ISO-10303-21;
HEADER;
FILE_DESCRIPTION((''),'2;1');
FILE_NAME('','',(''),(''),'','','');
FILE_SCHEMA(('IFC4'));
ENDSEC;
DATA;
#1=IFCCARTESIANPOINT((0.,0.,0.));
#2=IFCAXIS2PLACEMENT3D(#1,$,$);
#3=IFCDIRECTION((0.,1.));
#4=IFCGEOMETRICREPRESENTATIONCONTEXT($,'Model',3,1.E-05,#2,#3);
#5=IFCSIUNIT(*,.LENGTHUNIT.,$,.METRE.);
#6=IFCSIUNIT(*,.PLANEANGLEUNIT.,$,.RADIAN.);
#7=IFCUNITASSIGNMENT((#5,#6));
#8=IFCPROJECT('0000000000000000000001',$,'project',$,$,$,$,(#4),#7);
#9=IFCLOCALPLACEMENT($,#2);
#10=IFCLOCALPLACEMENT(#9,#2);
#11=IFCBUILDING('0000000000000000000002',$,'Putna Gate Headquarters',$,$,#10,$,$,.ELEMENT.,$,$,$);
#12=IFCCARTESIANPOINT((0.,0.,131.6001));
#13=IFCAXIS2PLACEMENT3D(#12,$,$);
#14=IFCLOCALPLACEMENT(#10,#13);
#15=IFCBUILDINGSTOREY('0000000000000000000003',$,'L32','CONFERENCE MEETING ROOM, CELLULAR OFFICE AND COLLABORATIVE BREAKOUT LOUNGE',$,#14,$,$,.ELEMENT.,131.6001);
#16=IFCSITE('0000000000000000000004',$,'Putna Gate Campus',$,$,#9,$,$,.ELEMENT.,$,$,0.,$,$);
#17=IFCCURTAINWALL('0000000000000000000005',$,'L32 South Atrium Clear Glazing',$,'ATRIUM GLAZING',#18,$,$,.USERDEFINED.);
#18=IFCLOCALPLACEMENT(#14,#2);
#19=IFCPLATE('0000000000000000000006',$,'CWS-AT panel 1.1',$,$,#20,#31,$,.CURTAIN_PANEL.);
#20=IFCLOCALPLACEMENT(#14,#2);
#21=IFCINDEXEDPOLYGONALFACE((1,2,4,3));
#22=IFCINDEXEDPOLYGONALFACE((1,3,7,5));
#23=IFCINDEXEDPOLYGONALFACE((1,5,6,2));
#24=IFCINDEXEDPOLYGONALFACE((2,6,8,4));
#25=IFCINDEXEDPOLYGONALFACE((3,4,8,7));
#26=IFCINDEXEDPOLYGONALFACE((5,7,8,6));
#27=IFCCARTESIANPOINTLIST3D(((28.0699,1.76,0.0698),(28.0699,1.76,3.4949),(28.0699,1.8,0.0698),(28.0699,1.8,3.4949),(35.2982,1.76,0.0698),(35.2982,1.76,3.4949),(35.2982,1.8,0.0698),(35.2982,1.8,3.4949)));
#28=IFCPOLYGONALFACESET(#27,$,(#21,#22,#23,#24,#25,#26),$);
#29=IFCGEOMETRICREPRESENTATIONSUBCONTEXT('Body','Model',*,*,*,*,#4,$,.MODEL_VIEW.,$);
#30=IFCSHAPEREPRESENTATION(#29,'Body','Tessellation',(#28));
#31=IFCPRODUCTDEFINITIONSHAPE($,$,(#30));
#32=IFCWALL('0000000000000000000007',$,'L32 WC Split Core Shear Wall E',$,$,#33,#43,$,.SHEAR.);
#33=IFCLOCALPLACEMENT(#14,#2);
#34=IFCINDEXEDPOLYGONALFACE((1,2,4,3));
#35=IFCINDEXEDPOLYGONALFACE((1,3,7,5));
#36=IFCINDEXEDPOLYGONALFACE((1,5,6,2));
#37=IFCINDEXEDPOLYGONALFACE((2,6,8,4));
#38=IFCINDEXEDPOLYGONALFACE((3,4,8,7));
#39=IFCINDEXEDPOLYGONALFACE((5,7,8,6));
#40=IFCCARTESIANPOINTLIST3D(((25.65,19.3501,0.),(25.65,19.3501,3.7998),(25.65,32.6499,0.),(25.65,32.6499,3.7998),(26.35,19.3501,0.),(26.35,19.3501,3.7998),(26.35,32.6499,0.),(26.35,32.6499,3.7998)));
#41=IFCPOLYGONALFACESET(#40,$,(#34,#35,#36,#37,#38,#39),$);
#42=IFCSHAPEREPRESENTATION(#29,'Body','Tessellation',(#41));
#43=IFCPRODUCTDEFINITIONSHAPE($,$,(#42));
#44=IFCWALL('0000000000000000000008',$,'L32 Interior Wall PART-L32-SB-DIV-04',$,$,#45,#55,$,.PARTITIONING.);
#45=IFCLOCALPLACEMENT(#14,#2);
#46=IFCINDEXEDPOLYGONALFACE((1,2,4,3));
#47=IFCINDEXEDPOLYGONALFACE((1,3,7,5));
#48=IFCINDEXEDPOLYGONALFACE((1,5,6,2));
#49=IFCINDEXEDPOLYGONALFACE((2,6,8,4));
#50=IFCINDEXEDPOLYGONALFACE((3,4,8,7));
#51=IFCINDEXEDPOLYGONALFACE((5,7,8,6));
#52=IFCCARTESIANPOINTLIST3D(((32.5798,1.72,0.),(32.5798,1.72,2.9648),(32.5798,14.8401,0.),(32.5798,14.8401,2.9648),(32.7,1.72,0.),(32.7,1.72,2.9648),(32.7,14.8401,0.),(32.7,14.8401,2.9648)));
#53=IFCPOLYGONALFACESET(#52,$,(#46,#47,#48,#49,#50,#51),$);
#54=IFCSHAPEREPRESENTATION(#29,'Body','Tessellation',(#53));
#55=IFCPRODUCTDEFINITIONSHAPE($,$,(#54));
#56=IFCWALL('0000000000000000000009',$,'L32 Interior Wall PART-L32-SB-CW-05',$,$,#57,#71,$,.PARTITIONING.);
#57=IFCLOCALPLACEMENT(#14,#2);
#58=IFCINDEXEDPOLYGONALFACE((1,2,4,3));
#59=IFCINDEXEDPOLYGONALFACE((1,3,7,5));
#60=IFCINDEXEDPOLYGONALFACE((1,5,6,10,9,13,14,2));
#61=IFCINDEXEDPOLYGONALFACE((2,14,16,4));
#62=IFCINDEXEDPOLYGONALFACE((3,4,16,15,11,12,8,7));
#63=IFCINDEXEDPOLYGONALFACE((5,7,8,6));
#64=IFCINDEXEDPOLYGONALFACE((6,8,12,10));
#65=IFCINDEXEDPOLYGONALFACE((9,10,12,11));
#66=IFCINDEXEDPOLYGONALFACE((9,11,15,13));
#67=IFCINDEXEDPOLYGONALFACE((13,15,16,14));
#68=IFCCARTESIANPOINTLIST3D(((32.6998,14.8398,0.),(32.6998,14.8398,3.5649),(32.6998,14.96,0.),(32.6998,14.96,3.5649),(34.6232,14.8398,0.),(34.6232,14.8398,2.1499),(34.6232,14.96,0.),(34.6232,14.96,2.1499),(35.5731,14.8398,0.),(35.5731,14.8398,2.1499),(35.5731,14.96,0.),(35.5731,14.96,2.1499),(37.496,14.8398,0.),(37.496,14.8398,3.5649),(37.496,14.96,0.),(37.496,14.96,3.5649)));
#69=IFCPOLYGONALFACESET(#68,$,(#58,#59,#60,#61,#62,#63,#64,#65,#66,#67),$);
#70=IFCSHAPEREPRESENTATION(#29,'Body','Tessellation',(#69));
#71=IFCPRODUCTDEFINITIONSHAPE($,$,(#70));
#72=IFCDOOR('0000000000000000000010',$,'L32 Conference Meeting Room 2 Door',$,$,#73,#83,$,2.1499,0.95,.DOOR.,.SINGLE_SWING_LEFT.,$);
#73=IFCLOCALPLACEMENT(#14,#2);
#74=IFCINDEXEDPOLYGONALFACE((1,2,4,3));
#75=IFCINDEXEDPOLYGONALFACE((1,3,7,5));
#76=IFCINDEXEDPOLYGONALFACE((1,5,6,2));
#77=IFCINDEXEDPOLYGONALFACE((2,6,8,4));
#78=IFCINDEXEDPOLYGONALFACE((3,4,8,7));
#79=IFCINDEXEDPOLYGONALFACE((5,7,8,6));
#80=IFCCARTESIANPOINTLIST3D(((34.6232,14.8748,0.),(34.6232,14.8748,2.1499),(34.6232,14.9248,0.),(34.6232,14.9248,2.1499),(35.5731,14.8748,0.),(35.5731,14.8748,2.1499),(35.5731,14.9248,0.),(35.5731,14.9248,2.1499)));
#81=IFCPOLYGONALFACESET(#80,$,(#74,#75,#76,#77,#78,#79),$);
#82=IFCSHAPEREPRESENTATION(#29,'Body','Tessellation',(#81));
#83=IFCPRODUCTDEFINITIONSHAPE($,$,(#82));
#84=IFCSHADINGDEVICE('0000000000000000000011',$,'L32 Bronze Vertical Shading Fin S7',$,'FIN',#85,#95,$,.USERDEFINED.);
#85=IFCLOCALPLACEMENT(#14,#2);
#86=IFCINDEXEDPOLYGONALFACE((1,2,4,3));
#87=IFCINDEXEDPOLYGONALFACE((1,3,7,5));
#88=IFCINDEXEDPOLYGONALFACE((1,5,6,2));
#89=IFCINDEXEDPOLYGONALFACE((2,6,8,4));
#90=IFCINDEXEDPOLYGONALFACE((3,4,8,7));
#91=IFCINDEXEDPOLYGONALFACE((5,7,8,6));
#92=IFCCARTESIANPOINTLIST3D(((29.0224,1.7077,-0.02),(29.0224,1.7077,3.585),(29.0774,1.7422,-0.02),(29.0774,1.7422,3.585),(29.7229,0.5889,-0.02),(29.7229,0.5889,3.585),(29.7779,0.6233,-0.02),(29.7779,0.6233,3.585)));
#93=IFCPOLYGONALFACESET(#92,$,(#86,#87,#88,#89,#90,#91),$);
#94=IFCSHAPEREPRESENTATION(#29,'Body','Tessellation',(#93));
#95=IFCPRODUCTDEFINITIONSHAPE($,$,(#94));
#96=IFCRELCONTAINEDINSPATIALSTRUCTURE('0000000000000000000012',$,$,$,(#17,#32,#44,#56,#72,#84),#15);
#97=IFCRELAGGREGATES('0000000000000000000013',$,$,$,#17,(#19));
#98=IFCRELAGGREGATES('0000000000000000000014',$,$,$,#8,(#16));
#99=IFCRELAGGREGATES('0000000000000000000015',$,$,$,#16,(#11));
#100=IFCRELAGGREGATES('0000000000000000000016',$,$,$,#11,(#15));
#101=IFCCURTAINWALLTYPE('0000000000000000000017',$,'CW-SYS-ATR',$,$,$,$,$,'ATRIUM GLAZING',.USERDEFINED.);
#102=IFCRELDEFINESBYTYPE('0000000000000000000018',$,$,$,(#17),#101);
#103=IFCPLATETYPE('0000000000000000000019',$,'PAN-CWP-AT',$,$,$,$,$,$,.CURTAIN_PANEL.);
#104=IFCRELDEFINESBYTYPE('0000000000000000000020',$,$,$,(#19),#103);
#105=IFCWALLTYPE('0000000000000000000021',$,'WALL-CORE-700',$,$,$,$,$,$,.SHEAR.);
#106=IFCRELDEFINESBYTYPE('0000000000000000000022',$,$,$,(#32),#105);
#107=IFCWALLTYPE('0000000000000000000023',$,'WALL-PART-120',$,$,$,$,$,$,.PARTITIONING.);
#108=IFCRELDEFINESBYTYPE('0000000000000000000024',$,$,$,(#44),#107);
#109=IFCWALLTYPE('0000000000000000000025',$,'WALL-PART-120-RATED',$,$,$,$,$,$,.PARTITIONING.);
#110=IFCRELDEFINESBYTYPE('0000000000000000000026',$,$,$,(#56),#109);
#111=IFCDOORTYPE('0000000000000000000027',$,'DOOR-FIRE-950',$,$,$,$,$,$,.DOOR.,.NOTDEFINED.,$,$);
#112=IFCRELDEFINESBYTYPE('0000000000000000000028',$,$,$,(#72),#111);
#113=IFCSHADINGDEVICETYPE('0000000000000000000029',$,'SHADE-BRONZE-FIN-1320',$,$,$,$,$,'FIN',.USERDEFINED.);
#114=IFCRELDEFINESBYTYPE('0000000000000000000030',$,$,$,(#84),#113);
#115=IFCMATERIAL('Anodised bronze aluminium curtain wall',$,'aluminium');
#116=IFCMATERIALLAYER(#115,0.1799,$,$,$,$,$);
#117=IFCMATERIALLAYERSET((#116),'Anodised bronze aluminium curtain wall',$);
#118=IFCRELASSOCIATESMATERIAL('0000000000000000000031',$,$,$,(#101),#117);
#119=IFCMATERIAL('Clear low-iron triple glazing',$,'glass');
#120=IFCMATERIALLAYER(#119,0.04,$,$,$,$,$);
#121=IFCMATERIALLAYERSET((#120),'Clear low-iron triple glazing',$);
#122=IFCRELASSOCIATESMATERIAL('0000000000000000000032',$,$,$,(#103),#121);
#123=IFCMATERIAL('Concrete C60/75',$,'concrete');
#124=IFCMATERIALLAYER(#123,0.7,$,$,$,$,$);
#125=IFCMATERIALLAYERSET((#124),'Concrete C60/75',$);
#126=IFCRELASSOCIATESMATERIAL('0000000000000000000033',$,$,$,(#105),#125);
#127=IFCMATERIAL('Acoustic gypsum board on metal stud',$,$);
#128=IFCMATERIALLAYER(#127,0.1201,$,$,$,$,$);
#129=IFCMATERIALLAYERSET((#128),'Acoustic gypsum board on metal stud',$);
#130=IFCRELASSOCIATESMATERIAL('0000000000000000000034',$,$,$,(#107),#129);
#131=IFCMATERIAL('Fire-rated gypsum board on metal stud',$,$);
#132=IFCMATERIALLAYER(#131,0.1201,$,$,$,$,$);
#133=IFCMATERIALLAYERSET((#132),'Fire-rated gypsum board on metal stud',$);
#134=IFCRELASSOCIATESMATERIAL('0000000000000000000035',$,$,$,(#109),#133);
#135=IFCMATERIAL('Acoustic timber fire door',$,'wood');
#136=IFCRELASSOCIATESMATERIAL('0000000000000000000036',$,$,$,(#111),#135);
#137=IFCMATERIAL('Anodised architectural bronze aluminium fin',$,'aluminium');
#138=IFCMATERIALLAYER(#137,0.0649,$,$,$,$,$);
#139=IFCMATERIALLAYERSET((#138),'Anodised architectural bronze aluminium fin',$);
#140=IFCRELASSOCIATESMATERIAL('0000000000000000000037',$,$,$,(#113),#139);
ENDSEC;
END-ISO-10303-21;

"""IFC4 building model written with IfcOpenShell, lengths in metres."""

from ifc_helpers import new_model, si_unit, direction, frame, frame_2d, origin, origin_2d, place, context, subcontext, project, spatial, rectangle, extrude, material, layer, layer_set, type_object, element, fill, aggregate, save


model = new_model("IFC4")

# Units and contexts
model_context = context("Model", 3, precision=1e-05, world=origin(), true_north=direction((0.0, 1.0)))
body_context = subcontext(model_context, "Body", "Model", "MODEL_VIEW")
ifc_project = project(units=[si_unit("LENGTHUNIT", "METRE"), si_unit("PLANEANGLEUNIT", "RADIAN")], contexts=[model_context])

# Site, building, storey
site_placement = place(None, origin())
site = spatial("IfcSite", under=ifc_project, at=site_placement, Name="Putna Gate Campus", CompositionType="ELEMENT", RefElevation=0.0)
building_placement = place(site_placement, origin())
building = spatial("IfcBuilding", under=site, at=building_placement, Name="Putna Gate Headquarters", CompositionType="ELEMENT")
storey_placement = place(building_placement, frame((0.0, 0.0, 131.6001)))
storey = spatial("IfcBuildingStorey", under=building, at=storey_placement, Name="L32", Description="CONFERENCE MEETING ROOM, CELLULAR OFFICE AND COLLABORATIVE BREAKOUT LOUNGE", CompositionType="ELEMENT", Elevation=131.6001)

# Shared definitions
ifc_material_1 = material(Name="Concrete C60/75", Category="concrete")

# Shared definitions
ifc_material_2 = material(Name="Anodised bronze aluminium curtain wall", Category="aluminium")

# Curtain wall, plate
ifc_layer_1 = layer(ifc_material_2, 0.1799)
ifc_layer_set_1 = layer_set([ifc_layer_1], Name="Anodised bronze aluminium curtain wall")
curtain_wall_type_1 = type_object("IfcCurtainWallType", Name="CW-SYS-ATR", ElementType="ATRIUM GLAZING", PredefinedType="USERDEFINED", material=ifc_layer_set_1)
curtain_wall_1_placement = place(storey_placement, origin())
curtain_wall_1 = element("IfcCurtainWall", 1, at=curtain_wall_1_placement, inside=storey, type_object=curtain_wall_type_1, Name="L32 South Atrium Clear Glazing", ObjectType="ATRIUM GLAZING", PredefinedType="USERDEFINED")
ifc_material_3 = material(Name="Clear low-iron triple glazing", Category="glass")
ifc_layer_2 = layer(ifc_material_3, 0.04)
ifc_layer_set_2 = layer_set([ifc_layer_2], Name="Clear low-iron triple glazing")
plate_type = type_object("IfcPlateType", Name="PAN-CWP-AT", PredefinedType="CURTAIN_PANEL", material=ifc_layer_set_2)
plate_placement = place(storey_placement, frame((31.6841, 1.78, 0.0698), z_axis=(0.0, 0.0, 1.0), x_axis=(1.0, 0.0, 0.0)))
plate = element("IfcPlate", 2, at=plate_placement, type_object=plate_type, Name="CWS-AT panel 1.1", PredefinedType="CURTAIN_PANEL", context=body_context, shape_type="SweptSolid", body=[
    extrude(rectangle(XDim=7.2283, YDim=0.04, at=origin_2d()), origin(), (0.0, 0.0, 1.0), 3.425),
])
aggregate(curtain_wall_1, [plate])

# Walls
ifc_layer_3 = layer(ifc_material_1, 0.7)
ifc_layer_set_3 = layer_set([ifc_layer_3], Name="Concrete C60/75")
wall_type_1 = type_object("IfcWallType", Name="WALL-CORE-700", PredefinedType="SHEAR", material=ifc_layer_set_3)
wall_1_placement = place(storey_placement, frame((26.0, 19.3501, 0.0), z_axis=(0.0, 0.0, 1.0), x_axis=(0.0, 1.0, 0.0)))
element("IfcWall", 3, at=wall_1_placement, inside=storey, type_object=wall_type_1, Name="L32 WC Split Core Shear Wall E", PredefinedType="SHEAR", context=body_context, shape_type="SweptSolid", body=[
    extrude(rectangle(XDim=13.2998, YDim=0.7, at=frame_2d((6.6499, 0.0))), origin(), (0.0, 0.0, 1.0), 3.7998),
])
ifc_material_4 = material(Name="Acoustic gypsum board on metal stud")
ifc_layer_4 = layer(ifc_material_4, 0.1201)
ifc_layer_set_4 = layer_set([ifc_layer_4], Name="Acoustic gypsum board on metal stud")
wall_type_2 = type_object("IfcWallType", Name="WALL-PART-120", PredefinedType="PARTITIONING", material=ifc_layer_set_4)
wall_2_placement = place(storey_placement, frame((32.6399, 1.72, 0.0), z_axis=(0.0, 0.0, 1.0), x_axis=(0.0, 1.0, 0.0)))
element("IfcWall", 4, at=wall_2_placement, inside=storey, type_object=wall_type_2, Name="L32 Interior Wall PART-L32-SB-DIV-04", PredefinedType="PARTITIONING", context=body_context, shape_type="SweptSolid", body=[
    extrude(rectangle(XDim=13.1201, YDim=0.1201, at=frame_2d((6.5601, 0.0))), origin(), (0.0, 0.0, 1.0), 2.9648),
])

# Wall, opening, door
ifc_material_5 = material(Name="Fire-rated gypsum board on metal stud")
ifc_layer_5 = layer(ifc_material_5, 0.1201)
ifc_layer_set_5 = layer_set([ifc_layer_5], Name="Fire-rated gypsum board on metal stud")
wall_type_3 = type_object("IfcWallType", Name="WALL-PART-120-RATED", PredefinedType="PARTITIONING", material=ifc_layer_set_5)
wall_3_placement = place(storey_placement, frame((32.7, 14.8999, 0.0), z_axis=(0.0, 0.0, 1.0), x_axis=(1.0, 0.0, 0.0)))
wall_3 = element("IfcWall", 5, at=wall_3_placement, inside=storey, type_object=wall_type_3, Name="L32 Interior Wall PART-L32-SB-CW-05", PredefinedType="PARTITIONING", context=body_context, shape_type="SweptSolid", body=[
    extrude(rectangle(XDim=4.7961, YDim=0.1201, at=frame_2d((2.3979, 0.0))), origin(), (0.0, 0.0, 1.0), 3.5649),
])
opening_placement = place(wall_3_placement, frame((1.9231, 0.0, 0.0)))
opening = element("IfcOpeningElement", 6, at=opening_placement, cuts=wall_3, PredefinedType="OPENING", context=body_context, shape_type="SweptSolid", body=[
    extrude(rectangle(XDim=0.95, YDim=2.1499, at=frame_2d((0.4751, 1.075))), frame((0.0, 0.0701, 0.0), z_axis=(0.0, -1.0, 0.0), x_axis=(1.0, 0.0, 0.0)), (0.0, 0.0, 1.0), 0.1401),
])
ifc_material_6 = material(Name="Acoustic timber fire door", Category="wood")
door_type = type_object("IfcDoorType", Name="DOOR-FIRE-950", OperationType="NOTDEFINED", PredefinedType="DOOR", material=ifc_material_6)
door_placement = place(opening_placement, origin())
door = element("IfcDoor", 7, at=door_placement, inside=storey, type_object=door_type, Name="L32 Conference Meeting Room 2 Door", OperationType="SINGLE_SWING_LEFT", OverallHeight=2.1499, OverallWidth=0.95, PredefinedType="DOOR", context=body_context, shape_type="SweptSolid", body=[
    extrude(rectangle(XDim=0.95, YDim=2.1499, at=frame_2d((0.4751, 1.075))), frame((0.0, 0.0249, 0.0), z_axis=(0.0, -1.0, 0.0), x_axis=(1.0, 0.0, 0.0)), (0.0, 0.0, 1.0), 0.05),
])
fill(opening, door)

# Shading device
ifc_material_7 = material(Name="Anodised architectural bronze aluminium fin", Category="aluminium")
ifc_layer_6 = layer(ifc_material_7, 0.0649)
ifc_layer_set_6 = layer_set([ifc_layer_6], Name="Anodised architectural bronze aluminium fin")
shading_device_type = type_object("IfcShadingDeviceType", Name="SHADE-BRONZE-FIN-1320", ElementType="FIN", PredefinedType="USERDEFINED", material=ifc_layer_set_6)
shading_device_placement = place(storey_placement, frame((29.4001, 1.1655, -0.02), z_axis=(0.0, 0.0, 1.0), x_axis=(0.530659, -0.847585, 0.0)))
element("IfcShadingDevice", 8, at=shading_device_placement, inside=storey, type_object=shading_device_type, Name="L32 Bronze Vertical Shading Fin S7", ObjectType="FIN", PredefinedType="USERDEFINED", context=body_context, shape_type="SweptSolid", body=[
    extrude(rectangle(XDim=1.3201, YDim=0.0649, at=origin_2d()), origin(), (0.0, 0.0, 1.0), 3.605),
])

save(model, "model.ifc")
